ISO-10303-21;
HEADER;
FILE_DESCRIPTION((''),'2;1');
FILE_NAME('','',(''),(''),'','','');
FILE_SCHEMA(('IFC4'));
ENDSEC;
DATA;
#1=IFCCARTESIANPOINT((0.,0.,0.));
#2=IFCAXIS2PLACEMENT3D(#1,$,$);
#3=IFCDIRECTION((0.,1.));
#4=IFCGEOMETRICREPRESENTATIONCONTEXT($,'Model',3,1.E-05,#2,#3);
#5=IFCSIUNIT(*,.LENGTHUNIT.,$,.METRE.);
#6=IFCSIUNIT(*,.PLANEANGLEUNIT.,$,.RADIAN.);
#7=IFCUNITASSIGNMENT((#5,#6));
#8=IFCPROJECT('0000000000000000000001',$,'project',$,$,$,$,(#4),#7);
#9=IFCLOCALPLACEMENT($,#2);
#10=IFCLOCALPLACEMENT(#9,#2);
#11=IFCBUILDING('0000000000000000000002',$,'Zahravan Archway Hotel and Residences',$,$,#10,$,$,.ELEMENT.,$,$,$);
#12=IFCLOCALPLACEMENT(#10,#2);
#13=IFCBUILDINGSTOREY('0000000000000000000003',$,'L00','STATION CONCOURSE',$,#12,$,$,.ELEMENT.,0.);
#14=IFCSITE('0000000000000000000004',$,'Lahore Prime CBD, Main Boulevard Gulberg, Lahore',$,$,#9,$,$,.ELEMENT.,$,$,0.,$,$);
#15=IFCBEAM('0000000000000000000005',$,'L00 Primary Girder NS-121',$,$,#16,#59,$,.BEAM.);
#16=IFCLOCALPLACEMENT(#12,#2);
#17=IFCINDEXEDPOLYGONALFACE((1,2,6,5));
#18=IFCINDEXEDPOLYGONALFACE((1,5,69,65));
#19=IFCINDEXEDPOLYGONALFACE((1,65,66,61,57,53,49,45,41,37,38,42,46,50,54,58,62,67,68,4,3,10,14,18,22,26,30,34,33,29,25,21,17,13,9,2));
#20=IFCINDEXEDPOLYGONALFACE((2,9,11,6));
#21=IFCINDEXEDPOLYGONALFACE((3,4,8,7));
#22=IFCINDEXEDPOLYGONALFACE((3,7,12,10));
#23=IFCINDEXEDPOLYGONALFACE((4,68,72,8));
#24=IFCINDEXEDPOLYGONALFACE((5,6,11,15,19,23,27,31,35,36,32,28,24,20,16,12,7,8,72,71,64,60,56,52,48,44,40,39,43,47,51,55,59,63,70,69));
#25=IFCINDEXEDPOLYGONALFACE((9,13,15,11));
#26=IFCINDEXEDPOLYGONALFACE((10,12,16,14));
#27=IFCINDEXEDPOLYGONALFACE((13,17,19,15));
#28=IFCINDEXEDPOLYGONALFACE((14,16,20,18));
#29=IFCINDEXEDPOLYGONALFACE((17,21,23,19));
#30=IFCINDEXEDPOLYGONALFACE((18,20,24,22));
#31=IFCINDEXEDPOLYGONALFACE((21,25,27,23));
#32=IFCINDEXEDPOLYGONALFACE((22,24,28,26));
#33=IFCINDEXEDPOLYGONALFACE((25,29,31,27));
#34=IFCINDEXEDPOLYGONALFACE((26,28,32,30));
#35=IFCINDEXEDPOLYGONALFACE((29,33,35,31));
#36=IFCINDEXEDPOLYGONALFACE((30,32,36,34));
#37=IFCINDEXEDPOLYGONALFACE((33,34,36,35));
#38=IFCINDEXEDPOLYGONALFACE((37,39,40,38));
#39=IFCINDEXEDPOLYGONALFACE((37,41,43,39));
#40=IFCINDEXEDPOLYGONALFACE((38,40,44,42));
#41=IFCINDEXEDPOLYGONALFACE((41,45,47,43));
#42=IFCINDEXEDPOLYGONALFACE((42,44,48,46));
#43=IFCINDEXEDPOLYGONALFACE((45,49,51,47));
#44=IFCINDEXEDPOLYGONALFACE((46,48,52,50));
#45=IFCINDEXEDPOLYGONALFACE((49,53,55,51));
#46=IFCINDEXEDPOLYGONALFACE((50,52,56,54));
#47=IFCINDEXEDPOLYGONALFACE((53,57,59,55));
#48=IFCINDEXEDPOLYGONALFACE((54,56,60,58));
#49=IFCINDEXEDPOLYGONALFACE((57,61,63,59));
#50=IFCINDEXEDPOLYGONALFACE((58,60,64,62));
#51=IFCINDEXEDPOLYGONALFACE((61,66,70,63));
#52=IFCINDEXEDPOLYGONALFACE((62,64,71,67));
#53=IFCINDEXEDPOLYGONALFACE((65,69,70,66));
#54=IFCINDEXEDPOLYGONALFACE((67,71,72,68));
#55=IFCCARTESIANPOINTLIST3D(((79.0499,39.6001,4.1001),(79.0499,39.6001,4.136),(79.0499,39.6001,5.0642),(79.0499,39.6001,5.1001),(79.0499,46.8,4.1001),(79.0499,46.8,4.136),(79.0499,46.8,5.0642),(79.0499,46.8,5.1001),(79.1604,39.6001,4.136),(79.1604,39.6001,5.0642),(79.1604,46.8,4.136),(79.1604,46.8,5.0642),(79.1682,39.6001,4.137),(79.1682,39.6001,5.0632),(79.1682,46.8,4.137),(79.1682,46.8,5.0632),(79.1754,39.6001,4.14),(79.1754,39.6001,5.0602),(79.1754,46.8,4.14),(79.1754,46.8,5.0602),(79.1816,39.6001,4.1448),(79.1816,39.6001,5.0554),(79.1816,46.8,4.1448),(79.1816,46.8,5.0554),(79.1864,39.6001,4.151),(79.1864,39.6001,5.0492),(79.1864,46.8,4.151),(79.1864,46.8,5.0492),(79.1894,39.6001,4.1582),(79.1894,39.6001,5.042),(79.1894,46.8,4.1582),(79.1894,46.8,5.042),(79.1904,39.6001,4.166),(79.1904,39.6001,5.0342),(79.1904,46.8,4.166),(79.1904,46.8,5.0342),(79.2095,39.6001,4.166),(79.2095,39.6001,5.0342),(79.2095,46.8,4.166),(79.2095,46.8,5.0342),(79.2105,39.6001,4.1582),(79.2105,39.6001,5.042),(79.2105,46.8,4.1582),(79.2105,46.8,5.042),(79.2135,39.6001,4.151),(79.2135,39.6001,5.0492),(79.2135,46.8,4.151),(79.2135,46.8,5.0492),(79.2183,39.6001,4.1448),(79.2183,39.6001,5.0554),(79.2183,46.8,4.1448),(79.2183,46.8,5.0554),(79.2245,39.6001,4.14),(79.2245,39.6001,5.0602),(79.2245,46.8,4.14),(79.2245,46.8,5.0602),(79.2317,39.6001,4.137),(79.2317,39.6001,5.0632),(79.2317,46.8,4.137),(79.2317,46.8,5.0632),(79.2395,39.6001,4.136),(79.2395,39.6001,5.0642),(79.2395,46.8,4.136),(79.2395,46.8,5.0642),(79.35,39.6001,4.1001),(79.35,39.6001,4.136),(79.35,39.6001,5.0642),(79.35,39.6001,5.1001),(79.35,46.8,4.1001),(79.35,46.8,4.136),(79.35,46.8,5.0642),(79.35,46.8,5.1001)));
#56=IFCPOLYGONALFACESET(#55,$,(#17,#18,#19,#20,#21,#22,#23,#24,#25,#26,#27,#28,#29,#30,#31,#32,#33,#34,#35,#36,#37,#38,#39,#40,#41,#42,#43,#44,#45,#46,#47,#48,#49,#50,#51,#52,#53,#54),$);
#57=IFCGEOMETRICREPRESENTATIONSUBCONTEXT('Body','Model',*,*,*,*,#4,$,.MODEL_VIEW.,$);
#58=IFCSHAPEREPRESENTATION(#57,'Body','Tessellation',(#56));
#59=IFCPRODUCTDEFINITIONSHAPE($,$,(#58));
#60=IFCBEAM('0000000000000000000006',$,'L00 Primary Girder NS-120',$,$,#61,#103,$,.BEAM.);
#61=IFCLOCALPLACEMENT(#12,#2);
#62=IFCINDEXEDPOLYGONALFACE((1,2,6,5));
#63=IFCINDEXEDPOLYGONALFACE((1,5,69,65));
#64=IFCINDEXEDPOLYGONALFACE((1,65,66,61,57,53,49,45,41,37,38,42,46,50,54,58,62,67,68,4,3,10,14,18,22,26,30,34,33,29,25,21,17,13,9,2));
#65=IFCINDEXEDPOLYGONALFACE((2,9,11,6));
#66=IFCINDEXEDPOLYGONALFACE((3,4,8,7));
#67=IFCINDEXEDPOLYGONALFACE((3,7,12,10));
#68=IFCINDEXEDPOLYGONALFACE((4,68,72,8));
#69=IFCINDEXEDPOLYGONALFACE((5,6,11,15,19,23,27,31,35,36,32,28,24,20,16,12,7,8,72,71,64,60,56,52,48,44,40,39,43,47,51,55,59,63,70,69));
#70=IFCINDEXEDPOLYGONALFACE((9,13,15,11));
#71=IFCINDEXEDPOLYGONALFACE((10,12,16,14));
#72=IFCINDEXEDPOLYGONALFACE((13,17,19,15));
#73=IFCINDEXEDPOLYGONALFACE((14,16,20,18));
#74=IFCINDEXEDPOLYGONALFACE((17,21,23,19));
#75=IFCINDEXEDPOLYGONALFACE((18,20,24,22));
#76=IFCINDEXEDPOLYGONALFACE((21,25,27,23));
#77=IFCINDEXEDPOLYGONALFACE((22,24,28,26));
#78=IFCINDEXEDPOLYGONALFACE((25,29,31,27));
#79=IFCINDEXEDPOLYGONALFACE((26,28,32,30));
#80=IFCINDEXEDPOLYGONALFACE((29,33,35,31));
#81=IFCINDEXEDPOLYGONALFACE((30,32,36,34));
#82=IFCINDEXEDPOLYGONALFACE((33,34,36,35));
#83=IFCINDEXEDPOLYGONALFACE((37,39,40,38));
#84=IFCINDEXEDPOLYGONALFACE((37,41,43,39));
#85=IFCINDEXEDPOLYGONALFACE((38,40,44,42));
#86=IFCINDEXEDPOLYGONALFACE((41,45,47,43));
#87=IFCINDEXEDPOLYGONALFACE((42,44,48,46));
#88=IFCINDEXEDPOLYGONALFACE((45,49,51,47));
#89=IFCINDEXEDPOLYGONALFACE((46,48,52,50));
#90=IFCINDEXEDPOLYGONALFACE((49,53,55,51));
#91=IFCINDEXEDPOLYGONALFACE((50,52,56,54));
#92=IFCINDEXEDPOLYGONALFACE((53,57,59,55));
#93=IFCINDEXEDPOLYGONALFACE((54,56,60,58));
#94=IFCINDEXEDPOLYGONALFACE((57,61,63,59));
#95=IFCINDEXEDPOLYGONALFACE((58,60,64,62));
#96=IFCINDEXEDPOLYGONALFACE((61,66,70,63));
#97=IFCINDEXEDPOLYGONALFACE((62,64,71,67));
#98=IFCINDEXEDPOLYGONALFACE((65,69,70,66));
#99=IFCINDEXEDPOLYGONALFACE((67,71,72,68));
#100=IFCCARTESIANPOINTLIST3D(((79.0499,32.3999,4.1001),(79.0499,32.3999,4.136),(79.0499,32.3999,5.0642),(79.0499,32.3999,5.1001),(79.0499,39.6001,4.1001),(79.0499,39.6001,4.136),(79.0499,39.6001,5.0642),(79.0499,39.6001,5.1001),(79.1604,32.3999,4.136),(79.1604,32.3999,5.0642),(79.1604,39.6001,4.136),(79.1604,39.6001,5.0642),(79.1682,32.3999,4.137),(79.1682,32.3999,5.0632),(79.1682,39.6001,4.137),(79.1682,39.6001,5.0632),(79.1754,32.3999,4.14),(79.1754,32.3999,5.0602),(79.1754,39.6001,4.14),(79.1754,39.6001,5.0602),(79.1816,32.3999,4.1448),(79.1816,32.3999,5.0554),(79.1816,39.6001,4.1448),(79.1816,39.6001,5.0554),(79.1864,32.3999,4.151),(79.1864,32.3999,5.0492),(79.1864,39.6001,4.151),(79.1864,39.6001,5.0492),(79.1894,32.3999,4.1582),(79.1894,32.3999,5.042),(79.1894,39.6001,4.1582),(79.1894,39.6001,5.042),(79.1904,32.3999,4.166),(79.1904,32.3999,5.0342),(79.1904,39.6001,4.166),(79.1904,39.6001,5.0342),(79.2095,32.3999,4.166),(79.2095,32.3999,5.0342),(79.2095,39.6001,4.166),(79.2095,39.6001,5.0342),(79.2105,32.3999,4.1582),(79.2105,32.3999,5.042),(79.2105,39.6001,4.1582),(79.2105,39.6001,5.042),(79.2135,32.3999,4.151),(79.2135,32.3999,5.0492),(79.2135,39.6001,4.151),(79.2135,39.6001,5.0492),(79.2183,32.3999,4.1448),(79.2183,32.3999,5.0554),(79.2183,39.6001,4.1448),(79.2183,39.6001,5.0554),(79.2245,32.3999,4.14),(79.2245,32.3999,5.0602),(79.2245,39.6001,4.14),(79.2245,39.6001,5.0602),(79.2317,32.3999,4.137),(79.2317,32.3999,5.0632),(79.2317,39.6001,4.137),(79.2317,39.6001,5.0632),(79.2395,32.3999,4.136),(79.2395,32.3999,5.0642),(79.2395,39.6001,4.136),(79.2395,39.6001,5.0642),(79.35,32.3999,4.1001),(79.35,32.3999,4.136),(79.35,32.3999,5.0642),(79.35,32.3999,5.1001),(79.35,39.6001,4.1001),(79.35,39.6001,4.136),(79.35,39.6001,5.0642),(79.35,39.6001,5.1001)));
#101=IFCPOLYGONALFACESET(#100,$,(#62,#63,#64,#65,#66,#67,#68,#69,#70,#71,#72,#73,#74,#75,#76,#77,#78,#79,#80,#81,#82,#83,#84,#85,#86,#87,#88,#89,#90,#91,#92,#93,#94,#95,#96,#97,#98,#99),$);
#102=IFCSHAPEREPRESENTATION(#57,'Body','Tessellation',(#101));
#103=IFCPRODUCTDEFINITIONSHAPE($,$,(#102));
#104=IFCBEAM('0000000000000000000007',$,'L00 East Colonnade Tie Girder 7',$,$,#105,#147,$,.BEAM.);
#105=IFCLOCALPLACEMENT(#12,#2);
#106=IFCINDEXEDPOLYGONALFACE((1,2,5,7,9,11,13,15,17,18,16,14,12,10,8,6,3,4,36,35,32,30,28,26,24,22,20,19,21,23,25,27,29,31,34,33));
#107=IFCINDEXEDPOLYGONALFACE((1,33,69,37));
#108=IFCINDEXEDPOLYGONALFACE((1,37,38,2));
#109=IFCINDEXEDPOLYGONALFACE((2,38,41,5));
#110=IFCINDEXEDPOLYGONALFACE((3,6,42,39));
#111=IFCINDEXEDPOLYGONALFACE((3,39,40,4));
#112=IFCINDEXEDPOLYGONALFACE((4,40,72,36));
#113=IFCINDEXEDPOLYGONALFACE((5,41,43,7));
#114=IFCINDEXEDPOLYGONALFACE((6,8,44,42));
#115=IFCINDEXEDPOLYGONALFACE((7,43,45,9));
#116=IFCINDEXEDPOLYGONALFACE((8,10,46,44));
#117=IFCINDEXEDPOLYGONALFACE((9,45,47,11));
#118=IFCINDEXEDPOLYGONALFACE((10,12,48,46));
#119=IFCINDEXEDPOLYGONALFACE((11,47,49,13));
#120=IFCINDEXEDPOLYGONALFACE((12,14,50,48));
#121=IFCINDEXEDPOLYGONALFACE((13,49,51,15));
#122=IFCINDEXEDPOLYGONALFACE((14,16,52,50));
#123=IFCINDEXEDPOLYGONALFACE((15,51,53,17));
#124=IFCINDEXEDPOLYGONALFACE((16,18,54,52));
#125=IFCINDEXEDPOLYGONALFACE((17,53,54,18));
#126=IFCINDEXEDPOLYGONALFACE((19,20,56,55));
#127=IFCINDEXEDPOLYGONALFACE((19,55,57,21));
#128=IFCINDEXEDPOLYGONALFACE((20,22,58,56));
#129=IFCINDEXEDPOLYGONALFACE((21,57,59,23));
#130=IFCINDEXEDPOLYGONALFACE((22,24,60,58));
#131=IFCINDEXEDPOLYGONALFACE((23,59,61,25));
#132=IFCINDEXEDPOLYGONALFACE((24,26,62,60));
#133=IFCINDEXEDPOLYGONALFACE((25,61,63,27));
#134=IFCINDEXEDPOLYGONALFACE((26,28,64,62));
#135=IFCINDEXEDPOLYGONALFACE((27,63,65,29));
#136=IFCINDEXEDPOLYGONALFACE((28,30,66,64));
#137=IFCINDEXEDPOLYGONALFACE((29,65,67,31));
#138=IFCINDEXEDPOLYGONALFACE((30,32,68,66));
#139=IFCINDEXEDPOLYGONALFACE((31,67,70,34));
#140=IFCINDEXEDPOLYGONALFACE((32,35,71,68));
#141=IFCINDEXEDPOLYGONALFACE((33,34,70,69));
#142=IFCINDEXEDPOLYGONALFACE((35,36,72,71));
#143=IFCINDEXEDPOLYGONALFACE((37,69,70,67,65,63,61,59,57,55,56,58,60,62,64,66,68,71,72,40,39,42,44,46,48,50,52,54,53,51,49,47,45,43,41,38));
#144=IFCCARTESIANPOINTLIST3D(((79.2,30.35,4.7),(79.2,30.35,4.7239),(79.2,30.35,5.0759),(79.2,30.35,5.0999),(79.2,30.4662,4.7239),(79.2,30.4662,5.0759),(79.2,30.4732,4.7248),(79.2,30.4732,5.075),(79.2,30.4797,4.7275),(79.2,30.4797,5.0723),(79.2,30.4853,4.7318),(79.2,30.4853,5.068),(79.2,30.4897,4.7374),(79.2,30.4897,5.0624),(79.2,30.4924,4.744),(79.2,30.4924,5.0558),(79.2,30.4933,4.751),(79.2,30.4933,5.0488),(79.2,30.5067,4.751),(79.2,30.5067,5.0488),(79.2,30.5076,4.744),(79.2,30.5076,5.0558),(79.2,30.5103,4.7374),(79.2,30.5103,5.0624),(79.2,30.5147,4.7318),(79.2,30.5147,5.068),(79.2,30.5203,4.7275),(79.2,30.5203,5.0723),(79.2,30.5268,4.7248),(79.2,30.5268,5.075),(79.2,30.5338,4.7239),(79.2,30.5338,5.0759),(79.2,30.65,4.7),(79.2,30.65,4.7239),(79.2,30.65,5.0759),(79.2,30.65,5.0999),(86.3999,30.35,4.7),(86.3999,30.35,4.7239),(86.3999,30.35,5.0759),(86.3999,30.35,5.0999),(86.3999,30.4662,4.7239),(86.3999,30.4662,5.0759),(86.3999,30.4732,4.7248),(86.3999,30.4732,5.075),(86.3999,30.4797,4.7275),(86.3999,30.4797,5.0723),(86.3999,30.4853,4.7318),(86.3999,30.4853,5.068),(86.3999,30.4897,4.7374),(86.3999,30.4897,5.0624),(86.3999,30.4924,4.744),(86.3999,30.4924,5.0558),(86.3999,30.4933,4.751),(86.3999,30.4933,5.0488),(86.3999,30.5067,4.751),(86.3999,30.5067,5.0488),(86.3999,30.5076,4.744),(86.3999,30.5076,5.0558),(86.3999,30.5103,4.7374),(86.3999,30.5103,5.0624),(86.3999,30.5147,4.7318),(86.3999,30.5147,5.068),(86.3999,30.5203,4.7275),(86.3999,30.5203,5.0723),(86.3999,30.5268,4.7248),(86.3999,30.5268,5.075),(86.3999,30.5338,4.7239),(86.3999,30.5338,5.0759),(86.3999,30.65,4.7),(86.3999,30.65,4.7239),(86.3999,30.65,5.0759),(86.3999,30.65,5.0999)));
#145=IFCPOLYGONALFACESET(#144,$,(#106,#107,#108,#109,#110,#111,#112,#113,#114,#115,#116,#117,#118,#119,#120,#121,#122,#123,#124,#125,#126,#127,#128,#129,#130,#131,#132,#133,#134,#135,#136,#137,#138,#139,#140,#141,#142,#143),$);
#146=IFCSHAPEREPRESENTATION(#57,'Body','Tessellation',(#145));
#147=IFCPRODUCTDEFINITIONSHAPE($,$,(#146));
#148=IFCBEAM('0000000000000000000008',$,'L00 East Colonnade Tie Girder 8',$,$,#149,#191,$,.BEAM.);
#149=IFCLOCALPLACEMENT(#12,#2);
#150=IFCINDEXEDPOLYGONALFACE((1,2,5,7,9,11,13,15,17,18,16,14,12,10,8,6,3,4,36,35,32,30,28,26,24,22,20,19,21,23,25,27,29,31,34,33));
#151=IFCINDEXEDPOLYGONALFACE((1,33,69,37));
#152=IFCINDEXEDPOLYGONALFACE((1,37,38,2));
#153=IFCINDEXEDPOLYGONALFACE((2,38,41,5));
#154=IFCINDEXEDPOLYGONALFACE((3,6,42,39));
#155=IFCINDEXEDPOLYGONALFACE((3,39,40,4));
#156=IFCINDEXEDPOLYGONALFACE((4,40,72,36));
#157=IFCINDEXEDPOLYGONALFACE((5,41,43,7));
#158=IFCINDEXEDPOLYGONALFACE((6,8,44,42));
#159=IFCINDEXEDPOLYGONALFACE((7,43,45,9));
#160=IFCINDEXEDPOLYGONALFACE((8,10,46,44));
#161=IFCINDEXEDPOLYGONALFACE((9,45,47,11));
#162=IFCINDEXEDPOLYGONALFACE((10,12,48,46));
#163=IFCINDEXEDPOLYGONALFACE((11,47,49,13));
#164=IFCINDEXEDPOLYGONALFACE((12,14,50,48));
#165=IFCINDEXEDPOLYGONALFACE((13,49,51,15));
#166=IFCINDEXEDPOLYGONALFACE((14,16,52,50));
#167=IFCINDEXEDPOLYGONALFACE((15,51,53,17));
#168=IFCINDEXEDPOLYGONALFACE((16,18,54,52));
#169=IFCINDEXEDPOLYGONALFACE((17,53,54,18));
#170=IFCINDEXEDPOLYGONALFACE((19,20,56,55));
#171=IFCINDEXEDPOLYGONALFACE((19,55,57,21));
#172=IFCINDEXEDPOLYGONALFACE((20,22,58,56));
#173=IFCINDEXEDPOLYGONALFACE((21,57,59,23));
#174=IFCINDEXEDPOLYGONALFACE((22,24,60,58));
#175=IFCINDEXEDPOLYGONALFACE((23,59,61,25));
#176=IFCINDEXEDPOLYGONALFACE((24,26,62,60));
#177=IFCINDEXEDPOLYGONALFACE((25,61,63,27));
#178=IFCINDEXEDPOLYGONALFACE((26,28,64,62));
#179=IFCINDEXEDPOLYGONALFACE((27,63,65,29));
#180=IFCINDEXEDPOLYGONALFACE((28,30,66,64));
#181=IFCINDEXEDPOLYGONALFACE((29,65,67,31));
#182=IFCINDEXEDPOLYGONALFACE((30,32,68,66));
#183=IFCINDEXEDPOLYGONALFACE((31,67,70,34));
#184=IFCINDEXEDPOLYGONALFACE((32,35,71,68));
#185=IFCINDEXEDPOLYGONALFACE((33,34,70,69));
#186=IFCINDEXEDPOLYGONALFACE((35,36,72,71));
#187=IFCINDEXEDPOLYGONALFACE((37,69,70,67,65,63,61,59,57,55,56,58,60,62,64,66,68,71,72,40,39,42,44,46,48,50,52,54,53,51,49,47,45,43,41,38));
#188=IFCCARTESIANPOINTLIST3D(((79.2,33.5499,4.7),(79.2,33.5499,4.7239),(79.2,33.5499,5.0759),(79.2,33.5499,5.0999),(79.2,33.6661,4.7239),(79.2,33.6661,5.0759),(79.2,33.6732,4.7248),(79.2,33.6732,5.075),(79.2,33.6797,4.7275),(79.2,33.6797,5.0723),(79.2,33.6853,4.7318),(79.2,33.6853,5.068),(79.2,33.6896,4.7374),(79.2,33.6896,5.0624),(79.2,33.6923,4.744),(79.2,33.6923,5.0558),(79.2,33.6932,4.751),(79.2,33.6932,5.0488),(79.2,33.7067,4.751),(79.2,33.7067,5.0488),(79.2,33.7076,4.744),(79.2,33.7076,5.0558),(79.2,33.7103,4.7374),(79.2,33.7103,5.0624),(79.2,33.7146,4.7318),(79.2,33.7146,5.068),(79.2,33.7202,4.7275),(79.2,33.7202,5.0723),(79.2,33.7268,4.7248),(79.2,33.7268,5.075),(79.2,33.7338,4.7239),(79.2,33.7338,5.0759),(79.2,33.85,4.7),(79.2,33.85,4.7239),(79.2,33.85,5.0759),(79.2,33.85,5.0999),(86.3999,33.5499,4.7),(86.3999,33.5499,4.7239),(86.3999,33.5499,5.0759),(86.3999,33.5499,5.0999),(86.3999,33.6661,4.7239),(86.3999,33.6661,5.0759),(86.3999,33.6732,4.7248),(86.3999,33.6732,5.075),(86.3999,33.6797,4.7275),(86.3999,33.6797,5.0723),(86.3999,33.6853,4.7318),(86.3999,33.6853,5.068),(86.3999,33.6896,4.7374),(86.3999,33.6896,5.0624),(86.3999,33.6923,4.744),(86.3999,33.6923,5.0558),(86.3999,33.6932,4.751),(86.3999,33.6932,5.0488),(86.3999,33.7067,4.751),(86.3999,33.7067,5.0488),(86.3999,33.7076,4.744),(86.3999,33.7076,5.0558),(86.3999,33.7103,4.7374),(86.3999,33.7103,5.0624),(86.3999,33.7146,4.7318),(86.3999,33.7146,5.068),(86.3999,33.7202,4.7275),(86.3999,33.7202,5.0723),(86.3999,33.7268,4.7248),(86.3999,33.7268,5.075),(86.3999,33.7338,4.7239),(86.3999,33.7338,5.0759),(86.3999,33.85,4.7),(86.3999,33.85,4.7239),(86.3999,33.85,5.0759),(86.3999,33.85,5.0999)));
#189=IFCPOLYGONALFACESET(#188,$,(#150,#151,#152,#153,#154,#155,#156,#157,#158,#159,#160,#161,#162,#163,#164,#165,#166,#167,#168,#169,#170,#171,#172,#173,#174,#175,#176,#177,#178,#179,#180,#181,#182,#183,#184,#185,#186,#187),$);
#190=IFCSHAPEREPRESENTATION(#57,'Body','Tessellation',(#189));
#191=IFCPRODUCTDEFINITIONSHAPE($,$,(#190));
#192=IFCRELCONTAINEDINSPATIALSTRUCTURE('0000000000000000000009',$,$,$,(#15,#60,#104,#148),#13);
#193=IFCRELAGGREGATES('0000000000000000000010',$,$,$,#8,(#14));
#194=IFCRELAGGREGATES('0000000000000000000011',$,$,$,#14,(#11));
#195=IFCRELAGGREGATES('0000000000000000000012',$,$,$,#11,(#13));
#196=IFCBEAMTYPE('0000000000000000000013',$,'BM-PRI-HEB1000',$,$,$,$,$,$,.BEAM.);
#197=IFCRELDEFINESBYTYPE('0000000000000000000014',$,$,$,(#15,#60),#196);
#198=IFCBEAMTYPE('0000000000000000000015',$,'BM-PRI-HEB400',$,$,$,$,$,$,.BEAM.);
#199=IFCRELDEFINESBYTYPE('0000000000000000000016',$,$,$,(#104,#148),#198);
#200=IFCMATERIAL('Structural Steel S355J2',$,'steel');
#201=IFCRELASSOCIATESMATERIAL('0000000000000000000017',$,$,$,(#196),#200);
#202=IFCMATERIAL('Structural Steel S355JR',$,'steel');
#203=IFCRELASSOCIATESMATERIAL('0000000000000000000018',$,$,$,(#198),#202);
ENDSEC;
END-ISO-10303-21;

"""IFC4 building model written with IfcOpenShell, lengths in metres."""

from ifc_helpers import new_model, si_unit, direction, frame, origin, origin_2d, place, context, subcontext, project, spatial, i_section, extrude, source, transform, mapped, material, material_profile, profile_set, type_object, type_shapes, element, save


model = new_model("IFC4")

# Units and contexts
model_context = context("Model", 3, precision=1e-05, world=origin(), true_north=direction((0.0, 1.0)))
body_context = subcontext(model_context, "Body", "Model", "MODEL_VIEW")
ifc_project = project(units=[si_unit("LENGTHUNIT", "METRE"), si_unit("PLANEANGLEUNIT", "RADIAN")], contexts=[model_context])

# Site, building, storey
site_placement = place(None, origin())
site = spatial("IfcSite", under=ifc_project, at=site_placement, Name="Lahore Prime CBD, Main Boulevard Gulberg, Lahore", CompositionType="ELEMENT", RefElevation=0.0)
building_placement = place(site_placement, origin())
building = spatial("IfcBuilding", under=site, at=building_placement, Name="Zahravan Archway Hotel and Residences", CompositionType="ELEMENT")
storey_placement = place(building_placement, origin())
storey = spatial("IfcBuildingStorey", under=building, at=storey_placement, Name="L00", Description="STATION CONCOURSE", CompositionType="ELEMENT", Elevation=0.0)

# Beams
ifc_material_1 = material(Name="Structural Steel S355J2", Category="steel")
ifc_material_profile_1 = material_profile(ifc_material_1, i_section(OverallWidth=0.3, OverallDepth=1.0, WebThickness=0.019, FlangeThickness=0.0359, FilletRadius=0.03, at=origin_2d()), Name="HEB 1000", Category="steel")
ifc_profile_set_1 = profile_set([ifc_material_profile_1], Name="Structural Steel S355J2")
beam_type_1 = type_object("IfcBeamType", Name="BM-PRI-HEB1000", PredefinedType="BEAM", material=ifc_profile_set_1)
shared_shape_1 = source(origin(), body_context, "Body", "SweptSolid", [
    extrude(i_section(OverallWidth=0.3, OverallDepth=1.0, WebThickness=0.019, FlangeThickness=0.0359, FilletRadius=0.03, at=origin_2d()), origin(), (0.0, 0.0, 1.0), 7.2),
])
beam_1_placement = place(storey_placement, frame((79.2, 39.6001, 4.6001), z_axis=(0.0, 1.0, 0.0), x_axis=(-1.0, 0.0, 0.0)))
element("IfcBeam", 1, at=beam_1_placement, inside=storey, type_object=beam_type_1, Name="L00 Primary Girder NS-121", PredefinedType="BEAM", context=body_context, shape_type="MappedRepresentation", body=[
    mapped(shared_shape_1, transform((0.0, 0.0, 0.0), scale=1.0)),
])
shared_shape_2 = source(origin(), body_context, "Body", "SweptSolid", [
    extrude(i_section(OverallWidth=0.3, OverallDepth=1.0, WebThickness=0.019, FlangeThickness=0.0359, FilletRadius=0.03, at=origin_2d()), origin(), (0.0, 0.0, 1.0), 7.2002),
])
beam_2_placement = place(storey_placement, frame((79.2, 32.3999, 4.6001), z_axis=(0.0, 1.0, 0.0), x_axis=(-1.0, 0.0, 0.0)))
element("IfcBeam", 2, at=beam_2_placement, inside=storey, type_object=beam_type_1, Name="L00 Primary Girder NS-120", PredefinedType="BEAM", context=body_context, shape_type="MappedRepresentation", body=[
    mapped(shared_shape_2, transform((0.0, 0.0, 0.0), scale=1.0)),
])
ifc_material_2 = material(Name="Structural Steel S355JR", Category="steel")
ifc_material_profile_2 = material_profile(ifc_material_2, i_section(OverallWidth=0.3, OverallDepth=0.3999, WebThickness=0.0134, FlangeThickness=0.0239, FilletRadius=0.0271, at=origin_2d()), Name="HEB 400", Category="steel")
ifc_profile_set_2 = profile_set([ifc_material_profile_2], Name="Structural Steel S355JR")
beam_type_2 = type_object("IfcBeamType", Name="BM-PRI-HEB400", PredefinedType="BEAM", material=ifc_profile_set_2)
shared_shape_3 = source(origin(), body_context, "Body", "SweptSolid", [
    extrude(i_section(OverallWidth=0.3, OverallDepth=0.3999, WebThickness=0.0134, FlangeThickness=0.0239, FilletRadius=0.0271, at=origin_2d()), origin(), (0.0, 0.0, 1.0), 7.2),
])
type_shapes(beam_type_2, [shared_shape_3])
for number, where, z_axis, x_axis, name in (
    (3, (79.2, 30.5, 4.8999), (1.0, 0.0, 0.0), (0.0, 1.0, 0.0), "L00 East Colonnade Tie Girder 7"),
    (4, (79.2, 33.7, 4.8999), (1.0, 0.0, 0.0), (0.0, 1.0, 0.0), "L00 East Colonnade Tie Girder 8"),
):
    element("IfcBeam", number, at=place(storey_placement, frame(where, z_axis=z_axis, x_axis=x_axis)), inside=storey, type_object=beam_type_2, Name=name, PredefinedType="BEAM", context=body_context, shape_type="MappedRepresentation", body=[
        mapped(shared_shape_3, transform((0.0, 0.0, 0.0), scale=1.0)),
    ])

save(model, "model.ifc")
